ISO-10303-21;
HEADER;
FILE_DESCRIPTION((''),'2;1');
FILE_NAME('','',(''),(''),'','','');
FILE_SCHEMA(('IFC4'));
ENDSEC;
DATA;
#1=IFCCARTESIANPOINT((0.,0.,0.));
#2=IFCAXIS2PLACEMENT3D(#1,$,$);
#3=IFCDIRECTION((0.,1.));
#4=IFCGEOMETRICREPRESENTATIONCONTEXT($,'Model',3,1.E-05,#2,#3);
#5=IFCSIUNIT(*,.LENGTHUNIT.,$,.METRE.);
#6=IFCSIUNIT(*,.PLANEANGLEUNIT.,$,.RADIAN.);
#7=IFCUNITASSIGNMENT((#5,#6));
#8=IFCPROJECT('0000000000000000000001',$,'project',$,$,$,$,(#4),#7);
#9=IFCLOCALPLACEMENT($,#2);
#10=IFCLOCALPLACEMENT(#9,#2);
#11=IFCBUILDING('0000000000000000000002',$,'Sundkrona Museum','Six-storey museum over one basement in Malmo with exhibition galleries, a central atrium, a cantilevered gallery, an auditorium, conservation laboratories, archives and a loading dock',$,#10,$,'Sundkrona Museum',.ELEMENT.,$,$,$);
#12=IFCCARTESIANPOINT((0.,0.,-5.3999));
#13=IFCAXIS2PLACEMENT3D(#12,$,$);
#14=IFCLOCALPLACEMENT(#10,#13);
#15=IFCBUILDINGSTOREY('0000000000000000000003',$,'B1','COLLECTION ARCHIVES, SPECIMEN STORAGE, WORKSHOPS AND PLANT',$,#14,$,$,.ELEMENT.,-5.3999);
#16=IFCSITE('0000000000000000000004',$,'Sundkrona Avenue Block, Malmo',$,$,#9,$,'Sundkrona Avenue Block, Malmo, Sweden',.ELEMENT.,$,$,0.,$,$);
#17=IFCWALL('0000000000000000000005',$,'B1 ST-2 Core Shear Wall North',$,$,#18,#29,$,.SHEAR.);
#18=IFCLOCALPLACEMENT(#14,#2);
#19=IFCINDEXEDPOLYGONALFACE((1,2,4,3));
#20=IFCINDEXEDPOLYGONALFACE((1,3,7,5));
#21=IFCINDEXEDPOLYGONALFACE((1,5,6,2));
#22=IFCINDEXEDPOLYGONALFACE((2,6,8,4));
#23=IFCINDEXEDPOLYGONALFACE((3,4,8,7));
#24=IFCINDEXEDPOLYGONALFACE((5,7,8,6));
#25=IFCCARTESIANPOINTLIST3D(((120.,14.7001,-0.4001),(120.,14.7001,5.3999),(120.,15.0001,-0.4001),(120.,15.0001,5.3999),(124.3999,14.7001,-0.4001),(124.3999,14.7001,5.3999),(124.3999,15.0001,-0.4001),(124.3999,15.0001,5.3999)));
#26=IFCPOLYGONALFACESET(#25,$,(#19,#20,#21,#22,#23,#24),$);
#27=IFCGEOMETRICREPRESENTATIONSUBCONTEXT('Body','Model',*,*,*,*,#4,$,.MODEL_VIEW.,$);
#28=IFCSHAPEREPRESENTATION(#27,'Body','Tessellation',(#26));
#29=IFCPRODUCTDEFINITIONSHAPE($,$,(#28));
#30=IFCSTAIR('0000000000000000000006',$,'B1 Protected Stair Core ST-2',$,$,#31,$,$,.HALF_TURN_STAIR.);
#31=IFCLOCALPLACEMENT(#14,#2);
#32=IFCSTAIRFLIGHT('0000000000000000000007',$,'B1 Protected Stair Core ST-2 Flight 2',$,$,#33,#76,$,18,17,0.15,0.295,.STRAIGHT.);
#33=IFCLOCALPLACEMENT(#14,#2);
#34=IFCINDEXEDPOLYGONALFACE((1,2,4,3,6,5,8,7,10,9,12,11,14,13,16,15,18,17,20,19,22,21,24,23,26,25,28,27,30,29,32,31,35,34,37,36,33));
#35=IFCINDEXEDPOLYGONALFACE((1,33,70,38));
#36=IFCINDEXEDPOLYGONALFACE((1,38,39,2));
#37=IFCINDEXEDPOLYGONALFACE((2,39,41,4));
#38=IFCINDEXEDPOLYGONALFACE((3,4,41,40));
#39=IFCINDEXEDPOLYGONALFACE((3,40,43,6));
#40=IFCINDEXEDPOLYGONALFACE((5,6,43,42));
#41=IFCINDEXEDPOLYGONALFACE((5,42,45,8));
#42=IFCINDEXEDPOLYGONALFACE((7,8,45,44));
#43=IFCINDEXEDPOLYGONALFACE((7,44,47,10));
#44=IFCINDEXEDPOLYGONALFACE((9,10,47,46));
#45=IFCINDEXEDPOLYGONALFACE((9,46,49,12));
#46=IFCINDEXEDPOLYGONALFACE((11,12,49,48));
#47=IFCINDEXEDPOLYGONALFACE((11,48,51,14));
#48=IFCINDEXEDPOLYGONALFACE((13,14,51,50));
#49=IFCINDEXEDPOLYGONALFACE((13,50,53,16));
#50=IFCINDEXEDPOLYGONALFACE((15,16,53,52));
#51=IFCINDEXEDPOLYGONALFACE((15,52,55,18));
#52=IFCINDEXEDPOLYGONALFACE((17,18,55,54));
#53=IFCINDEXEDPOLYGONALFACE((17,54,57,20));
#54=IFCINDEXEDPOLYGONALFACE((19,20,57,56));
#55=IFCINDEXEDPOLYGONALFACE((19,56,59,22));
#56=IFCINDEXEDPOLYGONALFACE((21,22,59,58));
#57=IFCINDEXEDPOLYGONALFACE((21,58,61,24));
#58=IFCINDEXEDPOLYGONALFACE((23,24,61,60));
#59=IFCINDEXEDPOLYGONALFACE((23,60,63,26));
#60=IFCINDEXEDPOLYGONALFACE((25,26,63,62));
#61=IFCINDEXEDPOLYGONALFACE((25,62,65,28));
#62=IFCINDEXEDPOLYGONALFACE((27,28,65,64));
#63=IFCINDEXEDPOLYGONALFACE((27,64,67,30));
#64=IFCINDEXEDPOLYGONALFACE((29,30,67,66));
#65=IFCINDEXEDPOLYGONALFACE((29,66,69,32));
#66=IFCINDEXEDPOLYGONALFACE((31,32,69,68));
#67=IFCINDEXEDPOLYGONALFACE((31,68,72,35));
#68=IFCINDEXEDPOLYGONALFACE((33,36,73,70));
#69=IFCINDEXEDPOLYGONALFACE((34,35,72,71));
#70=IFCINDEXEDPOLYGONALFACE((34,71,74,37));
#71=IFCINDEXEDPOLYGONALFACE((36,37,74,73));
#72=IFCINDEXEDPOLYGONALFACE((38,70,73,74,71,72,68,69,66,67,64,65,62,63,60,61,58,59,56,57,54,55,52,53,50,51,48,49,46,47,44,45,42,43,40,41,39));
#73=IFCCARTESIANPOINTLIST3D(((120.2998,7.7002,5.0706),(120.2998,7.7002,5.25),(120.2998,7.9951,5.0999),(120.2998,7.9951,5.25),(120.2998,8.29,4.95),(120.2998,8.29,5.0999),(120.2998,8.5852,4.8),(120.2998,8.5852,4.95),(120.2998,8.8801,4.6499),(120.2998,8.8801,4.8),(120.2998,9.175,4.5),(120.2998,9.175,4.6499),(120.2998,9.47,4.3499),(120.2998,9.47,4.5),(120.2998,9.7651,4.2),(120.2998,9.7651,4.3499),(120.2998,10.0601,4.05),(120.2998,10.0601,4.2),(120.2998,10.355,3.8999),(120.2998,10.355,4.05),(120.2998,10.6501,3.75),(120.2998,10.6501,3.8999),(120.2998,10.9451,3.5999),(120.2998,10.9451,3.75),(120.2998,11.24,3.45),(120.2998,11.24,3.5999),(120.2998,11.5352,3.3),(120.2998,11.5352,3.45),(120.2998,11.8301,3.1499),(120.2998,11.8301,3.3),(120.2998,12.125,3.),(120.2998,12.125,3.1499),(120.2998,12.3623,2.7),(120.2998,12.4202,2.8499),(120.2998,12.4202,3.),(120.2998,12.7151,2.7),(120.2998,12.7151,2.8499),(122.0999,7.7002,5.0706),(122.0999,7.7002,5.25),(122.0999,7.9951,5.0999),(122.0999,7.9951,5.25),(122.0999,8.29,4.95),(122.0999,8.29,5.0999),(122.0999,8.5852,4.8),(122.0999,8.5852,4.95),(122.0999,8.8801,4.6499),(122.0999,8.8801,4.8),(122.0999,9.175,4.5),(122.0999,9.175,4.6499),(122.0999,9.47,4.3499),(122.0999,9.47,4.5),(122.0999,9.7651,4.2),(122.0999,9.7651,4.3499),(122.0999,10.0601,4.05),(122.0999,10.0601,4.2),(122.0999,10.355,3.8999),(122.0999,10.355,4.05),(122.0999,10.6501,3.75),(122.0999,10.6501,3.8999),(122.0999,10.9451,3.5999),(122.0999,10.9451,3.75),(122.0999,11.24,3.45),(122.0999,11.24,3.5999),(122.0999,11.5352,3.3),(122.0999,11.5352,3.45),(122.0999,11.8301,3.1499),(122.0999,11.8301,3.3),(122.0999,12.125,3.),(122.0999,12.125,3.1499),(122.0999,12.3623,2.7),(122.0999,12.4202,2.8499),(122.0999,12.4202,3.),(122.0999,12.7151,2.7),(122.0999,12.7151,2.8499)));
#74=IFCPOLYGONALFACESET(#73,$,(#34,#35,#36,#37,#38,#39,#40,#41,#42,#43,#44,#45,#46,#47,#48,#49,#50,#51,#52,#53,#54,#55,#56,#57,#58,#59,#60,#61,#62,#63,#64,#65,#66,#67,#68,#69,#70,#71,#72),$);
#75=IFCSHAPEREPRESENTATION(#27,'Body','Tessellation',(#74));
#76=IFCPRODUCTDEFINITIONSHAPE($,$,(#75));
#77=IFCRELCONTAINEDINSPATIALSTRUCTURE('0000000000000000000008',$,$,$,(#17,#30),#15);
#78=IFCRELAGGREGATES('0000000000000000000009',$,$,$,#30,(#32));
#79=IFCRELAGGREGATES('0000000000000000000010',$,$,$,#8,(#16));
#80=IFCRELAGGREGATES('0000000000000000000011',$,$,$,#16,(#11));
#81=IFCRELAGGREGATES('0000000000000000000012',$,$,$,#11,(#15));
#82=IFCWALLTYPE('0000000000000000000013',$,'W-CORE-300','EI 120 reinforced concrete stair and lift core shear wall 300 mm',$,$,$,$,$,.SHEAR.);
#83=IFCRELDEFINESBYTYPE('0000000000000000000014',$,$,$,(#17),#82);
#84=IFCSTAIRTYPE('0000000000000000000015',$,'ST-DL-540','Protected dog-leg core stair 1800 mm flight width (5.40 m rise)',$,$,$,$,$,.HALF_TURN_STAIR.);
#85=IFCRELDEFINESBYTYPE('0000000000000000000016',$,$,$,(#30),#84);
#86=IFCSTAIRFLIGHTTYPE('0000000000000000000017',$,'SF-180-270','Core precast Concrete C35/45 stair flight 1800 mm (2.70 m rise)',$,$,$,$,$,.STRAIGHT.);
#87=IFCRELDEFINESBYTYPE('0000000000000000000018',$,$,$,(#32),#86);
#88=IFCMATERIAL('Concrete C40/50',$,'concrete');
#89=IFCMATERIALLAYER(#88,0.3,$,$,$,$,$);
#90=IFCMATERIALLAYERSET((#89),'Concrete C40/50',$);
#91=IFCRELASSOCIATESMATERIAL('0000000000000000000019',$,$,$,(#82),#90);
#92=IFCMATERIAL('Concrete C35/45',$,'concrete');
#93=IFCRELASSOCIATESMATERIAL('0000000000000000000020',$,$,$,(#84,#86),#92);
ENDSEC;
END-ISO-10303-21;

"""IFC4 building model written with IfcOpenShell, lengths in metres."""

from ifc_helpers import new_model, si_unit, direction, frame, frame_2d, origin, place, context, subcontext, project, spatial, polyline, rectangle, outline, extrude, material, layer, layer_set, type_object, element, aggregate, save


model = new_model("IFC4")

# Units and contexts
model_context = context("Model", 3, precision=1e-05, world=origin(), true_north=direction((0.0, 1.0)))
body_context = subcontext(model_context, "Body", "Model", "MODEL_VIEW")
ifc_project = project(units=[si_unit("LENGTHUNIT", "METRE"), si_unit("PLANEANGLEUNIT", "RADIAN")], contexts=[model_context])

# Site, building, storey
site_placement = place(None, origin())
site = spatial("IfcSite", under=ifc_project, at=site_placement, Name="Sundkrona Avenue Block, Malmo", LongName="Sundkrona Avenue Block, Malmo, Sweden", CompositionType="ELEMENT", RefElevation=0.0)
building_placement = place(site_placement, origin())
building = spatial("IfcBuilding", under=site, at=building_placement, Name="Sundkrona Museum", Description="Six-storey museum over one basement in Malmo with exhibition galleries, a central atrium, a cantilevered gallery, an auditorium, conservation laboratories, archives and a loading dock", LongName="Sundkrona Museum", CompositionType="ELEMENT")
storey_placement = place(building_placement, frame((0.0, 0.0, -5.3999)))
storey = spatial("IfcBuildingStorey", under=building, at=storey_placement, Name="B1", Description="COLLECTION ARCHIVES, SPECIMEN STORAGE, WORKSHOPS AND PLANT", CompositionType="ELEMENT", Elevation=-5.3999)

# Shared definitions
ifc_material_1 = material(Name="Concrete C40/50", Category="concrete")

# Wall
ifc_layer_1 = layer(ifc_material_1, 0.3)
ifc_layer_set_1 = layer_set([ifc_layer_1], Name="Concrete C40/50")
wall_type_1 = type_object("IfcWallType", Name="W-CORE-300", Description="EI 120 reinforced concrete stair and lift core shear wall 300 mm", PredefinedType="SHEAR", material=ifc_layer_set_1)
wall_1_placement = place(storey_placement, frame((120.0, 14.8501, -0.4001), z_axis=(0.0, 0.0, 1.0), x_axis=(1.0, 0.0, 0.0)))
element("IfcWall", 1, at=wall_1_placement, inside=storey, type_object=wall_type_1, Name="B1 ST-2 Core Shear Wall North", PredefinedType="SHEAR", context=body_context, shape_type="SweptSolid", body=[
    extrude(rectangle(XDim=4.3999, YDim=0.3, at=frame_2d((2.2, 0.0))), origin(), (0.0, 0.0, 1.0), 5.8),
])

# Stair, stair flight
ifc_material_2 = material(Name="Concrete C35/45", Category="concrete")
stair_type = type_object("IfcStairType", Name="ST-DL-540", Description="Protected dog-leg core stair 1800 mm flight width (5.40 m rise)", PredefinedType="HALF_TURN_STAIR", material=ifc_material_2)
stair_placement = place(storey_placement, origin())
stair = element("IfcStair", 2, at=stair_placement, inside=storey, type_object=stair_type, Name="B1 Protected Stair Core ST-2", PredefinedType="HALF_TURN_STAIR")
stair_flight_type = type_object("IfcStairFlightType", Name="SF-180-270", Description="Core precast Concrete C35/45 stair flight 1800 mm (2.70 m rise)", PredefinedType="STRAIGHT", material=ifc_material_2)
stair_flight_placement = place(storey_placement, frame((121.2, 12.7151, 2.7), z_axis=(0.0, 0.0, 1.0), x_axis=(0.0, -1.0, 0.0)))
stair_flight = element("IfcStairFlight", 3, at=stair_flight_placement, type_object=stair_flight_type, Name="B1 Protected Stair Core ST-2 Flight 2", NumberOfRisers=18, NumberOfTreads=17, PredefinedType="STRAIGHT", RiserHeight=0.15, TreadLength=0.295, context=body_context, shape_type="SweptSolid", body=[
    extrude(outline(polyline([(0.0, 0.0), (0.0, 0.1499), (0.2949, 0.1499), (0.2949, 0.3), (0.5901, 0.3), (0.5901, 0.45), (0.885, 0.45), (0.885, 0.6001), (1.1799, 0.6001), (1.1799, 0.75), (1.4751, 0.75), (1.4751, 0.8999), (1.77, 0.8999), (1.77, 1.05), (2.0649, 1.05), (2.0649, 1.2), (2.3601, 1.2), (2.3601, 1.3501), (2.655, 1.3501), (2.655, 1.5), (2.95, 1.5), (2.95, 1.6499), (3.2451, 1.6499), (3.2451, 1.8), (3.54, 1.8), (3.54, 1.95), (3.835, 1.95), (3.835, 2.1001), (4.1299, 2.1001), (4.1299, 2.25), (4.425, 2.25), (4.425, 2.3999), (4.72, 2.3999), (4.72, 2.55), (5.0149, 2.55), (5.0149, 2.7), (5.0149, 2.3706), (0.3528, 0.0), (0.0, 0.0)])), frame((0.0, 0.8999, 0.0), z_axis=(0.0, -1.0, 0.0), x_axis=(1.0, 0.0, 0.0)), (0.0, 0.0, 1.0), 1.8),
])
aggregate(stair, [stair_flight])

save(model, "model.ifc")
